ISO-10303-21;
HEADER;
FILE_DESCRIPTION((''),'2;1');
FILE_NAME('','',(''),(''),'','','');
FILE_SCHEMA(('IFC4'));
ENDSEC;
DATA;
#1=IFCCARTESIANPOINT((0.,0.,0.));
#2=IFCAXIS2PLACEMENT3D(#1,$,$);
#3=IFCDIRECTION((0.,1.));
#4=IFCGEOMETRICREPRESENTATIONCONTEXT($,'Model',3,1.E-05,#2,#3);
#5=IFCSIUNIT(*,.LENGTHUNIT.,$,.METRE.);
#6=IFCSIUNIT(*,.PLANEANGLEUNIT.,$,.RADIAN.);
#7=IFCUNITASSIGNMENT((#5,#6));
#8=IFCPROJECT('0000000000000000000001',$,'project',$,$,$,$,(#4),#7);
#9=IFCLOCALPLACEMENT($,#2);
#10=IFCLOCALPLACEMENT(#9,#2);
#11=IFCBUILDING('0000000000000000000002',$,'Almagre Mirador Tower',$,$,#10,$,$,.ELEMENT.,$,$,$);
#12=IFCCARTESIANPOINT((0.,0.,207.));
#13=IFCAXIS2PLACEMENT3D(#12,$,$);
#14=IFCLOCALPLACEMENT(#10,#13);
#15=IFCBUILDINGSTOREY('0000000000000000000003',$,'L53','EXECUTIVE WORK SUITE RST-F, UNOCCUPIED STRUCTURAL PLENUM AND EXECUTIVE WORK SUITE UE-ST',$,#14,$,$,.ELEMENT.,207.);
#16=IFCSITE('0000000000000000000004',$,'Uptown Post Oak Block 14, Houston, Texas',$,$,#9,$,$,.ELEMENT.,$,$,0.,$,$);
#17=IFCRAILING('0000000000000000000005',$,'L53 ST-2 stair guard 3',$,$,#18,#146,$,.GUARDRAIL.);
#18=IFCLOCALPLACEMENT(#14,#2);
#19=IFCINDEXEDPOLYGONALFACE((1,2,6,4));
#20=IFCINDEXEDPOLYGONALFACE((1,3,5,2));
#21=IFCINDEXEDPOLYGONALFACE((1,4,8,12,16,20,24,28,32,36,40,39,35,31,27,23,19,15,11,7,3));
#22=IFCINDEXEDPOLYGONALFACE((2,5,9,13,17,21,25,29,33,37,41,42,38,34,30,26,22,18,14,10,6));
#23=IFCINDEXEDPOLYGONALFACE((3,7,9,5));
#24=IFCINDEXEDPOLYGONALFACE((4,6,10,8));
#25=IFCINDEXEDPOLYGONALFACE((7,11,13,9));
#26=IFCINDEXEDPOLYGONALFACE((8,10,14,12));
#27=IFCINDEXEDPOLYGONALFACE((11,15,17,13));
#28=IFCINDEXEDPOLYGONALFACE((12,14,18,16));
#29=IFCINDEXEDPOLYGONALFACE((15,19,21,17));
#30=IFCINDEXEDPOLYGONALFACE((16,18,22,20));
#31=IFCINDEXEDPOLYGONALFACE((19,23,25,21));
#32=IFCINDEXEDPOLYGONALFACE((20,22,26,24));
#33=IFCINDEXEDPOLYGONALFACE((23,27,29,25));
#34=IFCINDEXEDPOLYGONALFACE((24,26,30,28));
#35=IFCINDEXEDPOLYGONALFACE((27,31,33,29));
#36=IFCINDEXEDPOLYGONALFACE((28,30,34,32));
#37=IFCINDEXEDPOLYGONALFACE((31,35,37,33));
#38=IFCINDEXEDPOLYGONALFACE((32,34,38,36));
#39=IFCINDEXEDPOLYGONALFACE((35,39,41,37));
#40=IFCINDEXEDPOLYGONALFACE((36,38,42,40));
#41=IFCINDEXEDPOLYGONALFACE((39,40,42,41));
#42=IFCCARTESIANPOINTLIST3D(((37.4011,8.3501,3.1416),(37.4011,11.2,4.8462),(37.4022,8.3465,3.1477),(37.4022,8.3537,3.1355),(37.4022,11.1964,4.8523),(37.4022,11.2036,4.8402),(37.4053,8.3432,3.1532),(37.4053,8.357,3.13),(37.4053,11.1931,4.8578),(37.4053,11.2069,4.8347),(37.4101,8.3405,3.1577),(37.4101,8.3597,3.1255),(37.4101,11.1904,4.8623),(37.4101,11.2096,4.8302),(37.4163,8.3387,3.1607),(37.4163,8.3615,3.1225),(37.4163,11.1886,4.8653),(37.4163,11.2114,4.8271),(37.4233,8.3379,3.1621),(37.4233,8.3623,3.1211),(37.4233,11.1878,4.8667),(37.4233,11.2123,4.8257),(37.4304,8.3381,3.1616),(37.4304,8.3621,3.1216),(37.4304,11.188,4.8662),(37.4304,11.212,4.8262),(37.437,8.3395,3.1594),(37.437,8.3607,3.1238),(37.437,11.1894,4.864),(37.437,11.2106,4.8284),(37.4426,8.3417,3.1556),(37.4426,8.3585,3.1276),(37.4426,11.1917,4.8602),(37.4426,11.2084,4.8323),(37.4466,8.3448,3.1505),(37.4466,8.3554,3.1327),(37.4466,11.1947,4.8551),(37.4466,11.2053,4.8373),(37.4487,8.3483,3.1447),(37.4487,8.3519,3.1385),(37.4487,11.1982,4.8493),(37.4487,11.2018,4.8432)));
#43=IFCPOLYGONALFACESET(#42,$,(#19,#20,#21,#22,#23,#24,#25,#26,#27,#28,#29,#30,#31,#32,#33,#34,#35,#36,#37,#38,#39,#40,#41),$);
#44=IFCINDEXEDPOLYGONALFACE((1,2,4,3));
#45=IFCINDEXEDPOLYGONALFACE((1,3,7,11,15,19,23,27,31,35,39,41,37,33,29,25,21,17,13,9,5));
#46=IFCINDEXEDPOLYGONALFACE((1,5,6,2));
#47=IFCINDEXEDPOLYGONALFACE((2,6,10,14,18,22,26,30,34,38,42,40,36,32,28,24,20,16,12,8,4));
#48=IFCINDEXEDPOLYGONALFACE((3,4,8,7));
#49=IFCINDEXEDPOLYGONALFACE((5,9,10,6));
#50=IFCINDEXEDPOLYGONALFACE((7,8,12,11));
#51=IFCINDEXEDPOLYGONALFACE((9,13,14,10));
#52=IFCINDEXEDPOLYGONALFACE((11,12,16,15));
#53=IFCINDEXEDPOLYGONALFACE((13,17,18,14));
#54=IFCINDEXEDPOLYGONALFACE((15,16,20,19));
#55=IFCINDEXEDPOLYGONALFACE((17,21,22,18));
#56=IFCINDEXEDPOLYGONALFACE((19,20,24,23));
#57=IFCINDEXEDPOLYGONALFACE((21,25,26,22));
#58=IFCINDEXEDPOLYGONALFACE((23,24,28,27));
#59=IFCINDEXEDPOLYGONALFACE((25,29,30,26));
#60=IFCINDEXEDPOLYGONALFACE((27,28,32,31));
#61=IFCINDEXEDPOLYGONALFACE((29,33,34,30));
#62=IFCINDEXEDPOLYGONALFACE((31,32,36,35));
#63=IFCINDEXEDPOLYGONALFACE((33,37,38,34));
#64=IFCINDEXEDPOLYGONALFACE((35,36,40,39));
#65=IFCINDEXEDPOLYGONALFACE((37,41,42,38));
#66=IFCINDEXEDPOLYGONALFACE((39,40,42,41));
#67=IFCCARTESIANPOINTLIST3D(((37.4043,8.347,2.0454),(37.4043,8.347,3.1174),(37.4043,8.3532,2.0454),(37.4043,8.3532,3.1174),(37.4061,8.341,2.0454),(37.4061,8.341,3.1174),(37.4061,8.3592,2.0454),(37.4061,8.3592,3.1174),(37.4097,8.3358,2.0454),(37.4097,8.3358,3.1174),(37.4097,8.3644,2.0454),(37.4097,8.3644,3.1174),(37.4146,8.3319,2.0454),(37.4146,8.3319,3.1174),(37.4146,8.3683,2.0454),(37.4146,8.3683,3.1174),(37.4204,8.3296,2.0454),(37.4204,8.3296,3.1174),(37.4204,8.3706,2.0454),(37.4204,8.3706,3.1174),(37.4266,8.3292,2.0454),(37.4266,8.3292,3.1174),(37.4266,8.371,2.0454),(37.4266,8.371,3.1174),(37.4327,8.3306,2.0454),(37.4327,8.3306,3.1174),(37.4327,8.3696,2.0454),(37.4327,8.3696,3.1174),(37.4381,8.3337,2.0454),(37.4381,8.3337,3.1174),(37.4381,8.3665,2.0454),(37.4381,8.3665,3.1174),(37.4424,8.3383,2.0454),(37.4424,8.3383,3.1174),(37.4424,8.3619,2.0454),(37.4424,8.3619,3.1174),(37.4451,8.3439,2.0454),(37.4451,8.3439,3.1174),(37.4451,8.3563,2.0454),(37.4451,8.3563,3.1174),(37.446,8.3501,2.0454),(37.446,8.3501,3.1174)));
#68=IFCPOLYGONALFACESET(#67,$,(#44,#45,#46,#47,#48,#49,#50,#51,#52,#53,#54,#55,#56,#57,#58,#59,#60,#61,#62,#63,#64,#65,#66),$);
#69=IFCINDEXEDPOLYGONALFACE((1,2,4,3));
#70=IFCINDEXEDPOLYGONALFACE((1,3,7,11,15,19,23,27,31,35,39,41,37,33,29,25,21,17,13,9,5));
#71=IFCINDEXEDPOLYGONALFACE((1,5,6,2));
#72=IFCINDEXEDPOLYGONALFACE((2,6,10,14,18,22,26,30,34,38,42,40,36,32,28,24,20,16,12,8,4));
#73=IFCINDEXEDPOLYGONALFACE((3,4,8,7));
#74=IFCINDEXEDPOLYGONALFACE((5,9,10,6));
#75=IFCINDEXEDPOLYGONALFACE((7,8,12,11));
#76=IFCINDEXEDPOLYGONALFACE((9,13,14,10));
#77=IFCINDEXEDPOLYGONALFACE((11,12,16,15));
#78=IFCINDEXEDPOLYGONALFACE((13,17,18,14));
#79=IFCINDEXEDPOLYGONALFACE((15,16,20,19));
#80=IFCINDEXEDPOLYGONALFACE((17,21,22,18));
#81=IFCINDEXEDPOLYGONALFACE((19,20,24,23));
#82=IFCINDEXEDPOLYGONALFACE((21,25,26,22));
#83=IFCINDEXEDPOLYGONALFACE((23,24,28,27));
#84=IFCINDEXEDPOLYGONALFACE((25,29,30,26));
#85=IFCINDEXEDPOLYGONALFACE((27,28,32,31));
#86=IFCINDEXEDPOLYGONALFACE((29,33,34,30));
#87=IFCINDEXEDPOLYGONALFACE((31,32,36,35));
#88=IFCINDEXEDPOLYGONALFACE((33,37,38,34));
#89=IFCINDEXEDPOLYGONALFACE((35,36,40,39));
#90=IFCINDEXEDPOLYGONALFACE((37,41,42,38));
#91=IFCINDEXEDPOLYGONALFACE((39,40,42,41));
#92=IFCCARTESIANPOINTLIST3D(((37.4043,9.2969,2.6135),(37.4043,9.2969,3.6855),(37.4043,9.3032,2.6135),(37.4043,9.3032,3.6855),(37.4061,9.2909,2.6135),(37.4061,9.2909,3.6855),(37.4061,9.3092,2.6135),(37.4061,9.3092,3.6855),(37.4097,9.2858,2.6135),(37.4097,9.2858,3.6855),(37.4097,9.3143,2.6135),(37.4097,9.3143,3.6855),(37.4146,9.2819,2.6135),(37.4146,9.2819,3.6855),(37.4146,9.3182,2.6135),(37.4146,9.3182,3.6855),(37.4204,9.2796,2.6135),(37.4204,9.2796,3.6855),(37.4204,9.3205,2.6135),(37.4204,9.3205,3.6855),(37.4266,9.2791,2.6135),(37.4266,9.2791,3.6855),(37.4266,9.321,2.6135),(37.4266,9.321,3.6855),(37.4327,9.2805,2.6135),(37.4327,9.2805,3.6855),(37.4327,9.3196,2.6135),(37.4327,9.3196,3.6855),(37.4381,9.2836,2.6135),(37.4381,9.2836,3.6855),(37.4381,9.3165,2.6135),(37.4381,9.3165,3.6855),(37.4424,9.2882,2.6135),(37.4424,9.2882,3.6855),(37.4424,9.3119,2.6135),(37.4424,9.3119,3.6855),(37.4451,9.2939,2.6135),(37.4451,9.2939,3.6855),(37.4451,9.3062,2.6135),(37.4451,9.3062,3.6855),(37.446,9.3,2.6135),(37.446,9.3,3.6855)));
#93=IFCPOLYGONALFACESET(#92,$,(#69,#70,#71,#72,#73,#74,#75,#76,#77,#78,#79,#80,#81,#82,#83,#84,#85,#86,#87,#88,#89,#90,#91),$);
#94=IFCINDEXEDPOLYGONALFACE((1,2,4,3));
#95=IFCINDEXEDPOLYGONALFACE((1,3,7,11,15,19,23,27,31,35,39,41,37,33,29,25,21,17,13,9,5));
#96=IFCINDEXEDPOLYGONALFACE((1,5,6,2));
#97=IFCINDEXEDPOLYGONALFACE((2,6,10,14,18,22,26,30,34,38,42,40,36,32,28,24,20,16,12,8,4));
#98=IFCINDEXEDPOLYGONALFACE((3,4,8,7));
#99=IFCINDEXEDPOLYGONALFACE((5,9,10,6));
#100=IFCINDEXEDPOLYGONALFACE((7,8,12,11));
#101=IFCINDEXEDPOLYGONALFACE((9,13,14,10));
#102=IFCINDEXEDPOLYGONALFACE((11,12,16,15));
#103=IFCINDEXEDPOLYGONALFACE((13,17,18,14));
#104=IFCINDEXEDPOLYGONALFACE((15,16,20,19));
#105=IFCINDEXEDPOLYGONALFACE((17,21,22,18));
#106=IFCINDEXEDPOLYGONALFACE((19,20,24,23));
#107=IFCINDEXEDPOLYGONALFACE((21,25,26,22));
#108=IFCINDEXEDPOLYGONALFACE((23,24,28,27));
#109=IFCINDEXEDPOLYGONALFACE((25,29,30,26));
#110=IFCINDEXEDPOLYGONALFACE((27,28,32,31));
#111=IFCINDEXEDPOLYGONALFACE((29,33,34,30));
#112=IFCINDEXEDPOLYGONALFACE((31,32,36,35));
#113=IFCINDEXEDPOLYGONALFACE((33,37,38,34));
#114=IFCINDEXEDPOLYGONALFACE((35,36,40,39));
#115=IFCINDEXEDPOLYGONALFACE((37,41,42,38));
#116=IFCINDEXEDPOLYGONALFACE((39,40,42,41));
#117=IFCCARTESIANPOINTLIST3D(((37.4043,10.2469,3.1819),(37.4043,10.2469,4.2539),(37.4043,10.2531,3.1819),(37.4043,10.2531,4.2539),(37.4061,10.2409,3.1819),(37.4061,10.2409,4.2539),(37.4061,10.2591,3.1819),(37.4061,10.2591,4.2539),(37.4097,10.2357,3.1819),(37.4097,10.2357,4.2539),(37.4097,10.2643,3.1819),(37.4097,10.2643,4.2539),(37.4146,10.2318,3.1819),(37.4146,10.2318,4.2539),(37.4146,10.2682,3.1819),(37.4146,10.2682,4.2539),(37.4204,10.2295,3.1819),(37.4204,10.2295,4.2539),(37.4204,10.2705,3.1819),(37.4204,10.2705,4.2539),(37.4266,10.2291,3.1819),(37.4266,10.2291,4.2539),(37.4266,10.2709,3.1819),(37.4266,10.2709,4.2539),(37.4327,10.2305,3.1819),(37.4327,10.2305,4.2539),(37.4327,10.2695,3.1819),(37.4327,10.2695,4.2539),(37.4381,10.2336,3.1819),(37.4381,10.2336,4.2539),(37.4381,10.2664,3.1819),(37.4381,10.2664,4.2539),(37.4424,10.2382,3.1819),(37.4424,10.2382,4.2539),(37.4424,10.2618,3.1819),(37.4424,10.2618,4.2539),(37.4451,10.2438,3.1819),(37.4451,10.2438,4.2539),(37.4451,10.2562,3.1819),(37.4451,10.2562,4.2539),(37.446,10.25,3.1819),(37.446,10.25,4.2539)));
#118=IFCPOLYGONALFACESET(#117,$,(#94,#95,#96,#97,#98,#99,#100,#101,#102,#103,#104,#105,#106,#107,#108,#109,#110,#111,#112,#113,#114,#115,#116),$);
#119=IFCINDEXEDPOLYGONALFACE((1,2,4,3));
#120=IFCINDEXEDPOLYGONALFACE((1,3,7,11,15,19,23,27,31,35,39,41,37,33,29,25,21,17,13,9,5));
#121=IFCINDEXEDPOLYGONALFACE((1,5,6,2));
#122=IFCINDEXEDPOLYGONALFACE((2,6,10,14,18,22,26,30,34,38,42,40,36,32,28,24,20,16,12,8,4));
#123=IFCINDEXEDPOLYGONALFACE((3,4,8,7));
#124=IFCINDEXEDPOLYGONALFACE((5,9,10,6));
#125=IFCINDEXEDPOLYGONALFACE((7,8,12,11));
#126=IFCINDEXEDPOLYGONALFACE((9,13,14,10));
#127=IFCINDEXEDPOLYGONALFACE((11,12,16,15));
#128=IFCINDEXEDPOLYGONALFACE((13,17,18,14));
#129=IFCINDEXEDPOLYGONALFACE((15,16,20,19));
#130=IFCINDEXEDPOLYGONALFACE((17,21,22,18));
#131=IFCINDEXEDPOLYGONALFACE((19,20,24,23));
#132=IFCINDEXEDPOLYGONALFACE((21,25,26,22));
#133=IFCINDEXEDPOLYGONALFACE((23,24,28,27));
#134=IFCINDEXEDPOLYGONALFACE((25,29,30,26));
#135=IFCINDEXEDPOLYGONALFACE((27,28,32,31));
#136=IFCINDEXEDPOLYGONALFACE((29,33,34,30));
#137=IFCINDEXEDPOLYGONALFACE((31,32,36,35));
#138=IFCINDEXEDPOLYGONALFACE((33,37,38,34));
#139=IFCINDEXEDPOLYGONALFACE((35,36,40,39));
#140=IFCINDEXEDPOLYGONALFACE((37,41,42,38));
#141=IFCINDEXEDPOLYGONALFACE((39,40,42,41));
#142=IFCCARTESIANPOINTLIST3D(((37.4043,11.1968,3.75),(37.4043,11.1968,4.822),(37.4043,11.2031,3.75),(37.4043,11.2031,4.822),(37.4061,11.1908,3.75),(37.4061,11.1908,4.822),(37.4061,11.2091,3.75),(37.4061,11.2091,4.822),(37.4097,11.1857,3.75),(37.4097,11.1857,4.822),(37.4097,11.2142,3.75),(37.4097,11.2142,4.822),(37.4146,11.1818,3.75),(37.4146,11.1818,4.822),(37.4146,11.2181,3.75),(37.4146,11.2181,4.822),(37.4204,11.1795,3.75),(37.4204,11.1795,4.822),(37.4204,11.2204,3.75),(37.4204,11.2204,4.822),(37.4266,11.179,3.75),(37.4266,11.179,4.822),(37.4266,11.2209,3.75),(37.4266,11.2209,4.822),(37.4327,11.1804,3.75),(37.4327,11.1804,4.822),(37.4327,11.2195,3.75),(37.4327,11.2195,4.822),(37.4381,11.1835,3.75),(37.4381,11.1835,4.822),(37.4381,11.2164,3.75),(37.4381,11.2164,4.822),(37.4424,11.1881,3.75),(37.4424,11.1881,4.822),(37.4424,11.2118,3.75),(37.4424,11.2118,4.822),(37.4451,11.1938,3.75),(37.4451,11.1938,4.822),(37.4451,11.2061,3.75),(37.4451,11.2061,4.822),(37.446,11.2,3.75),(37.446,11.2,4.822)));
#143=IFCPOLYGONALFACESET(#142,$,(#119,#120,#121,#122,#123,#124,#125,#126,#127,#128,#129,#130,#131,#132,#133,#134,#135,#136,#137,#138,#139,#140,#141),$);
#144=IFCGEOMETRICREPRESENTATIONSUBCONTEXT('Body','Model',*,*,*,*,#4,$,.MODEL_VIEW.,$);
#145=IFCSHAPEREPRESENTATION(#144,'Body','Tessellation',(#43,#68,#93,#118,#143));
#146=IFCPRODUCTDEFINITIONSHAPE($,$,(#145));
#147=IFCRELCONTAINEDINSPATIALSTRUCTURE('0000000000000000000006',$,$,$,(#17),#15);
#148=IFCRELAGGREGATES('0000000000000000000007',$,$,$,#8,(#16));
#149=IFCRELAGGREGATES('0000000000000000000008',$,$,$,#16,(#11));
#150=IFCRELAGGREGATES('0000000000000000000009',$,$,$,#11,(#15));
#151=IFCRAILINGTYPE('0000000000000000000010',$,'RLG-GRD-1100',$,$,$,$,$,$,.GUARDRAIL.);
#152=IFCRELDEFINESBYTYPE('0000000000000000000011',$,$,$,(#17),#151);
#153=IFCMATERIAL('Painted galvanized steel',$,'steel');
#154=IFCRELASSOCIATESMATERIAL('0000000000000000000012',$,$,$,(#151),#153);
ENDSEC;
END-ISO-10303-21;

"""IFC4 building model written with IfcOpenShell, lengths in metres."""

from ifc_helpers import new_model, si_unit, direction, frame, origin, origin_2d, place, context, subcontext, project, spatial, circle, extrude, material, type_object, element, save


model = new_model("IFC4")

# Units and contexts
model_context = context("Model", 3, precision=1e-05, world=origin(), true_north=direction((0.0, 1.0)))
body_context = subcontext(model_context, "Body", "Model", "MODEL_VIEW")
ifc_project = project(units=[si_unit("LENGTHUNIT", "METRE"), si_unit("PLANEANGLEUNIT", "RADIAN")], contexts=[model_context])

# Site, building, storey
site_placement = place(None, origin())
site = spatial("IfcSite", under=ifc_project, at=site_placement, Name="Uptown Post Oak Block 14, Houston, Texas", CompositionType="ELEMENT", RefElevation=0.0)
building_placement = place(site_placement, origin())
building = spatial("IfcBuilding", under=site, at=building_placement, Name="Almagre Mirador Tower", CompositionType="ELEMENT")
storey_placement = place(building_placement, frame((0.0, 0.0, 207.0)))
storey = spatial("IfcBuildingStorey", under=building, at=storey_placement, Name="L53", Description="EXECUTIVE WORK SUITE RST-F, UNOCCUPIED STRUCTURAL PLENUM AND EXECUTIVE WORK SUITE UE-ST", CompositionType="ELEMENT", Elevation=207.0)

# Railing
ifc_material_1 = material(Name="Painted galvanized steel", Category="steel")
railing_type_1 = type_object("IfcRailingType", Name="RLG-GRD-1100", PredefinedType="GUARDRAIL", material=ifc_material_1)
railing_1_placement = place(storey_placement, frame((37.425, 8.3501, 2.0454)))
element("IfcRailing", 1, at=railing_1_placement, inside=storey, type_object=railing_type_1, Name="L53 ST-2 stair guard 3", PredefinedType="GUARDRAIL", context=body_context, shape_type="SweptSolid", body=[
    extrude(circle(Radius=0.0239, at=origin_2d()), frame((0.0, 0.0, 1.0962), z_axis=(0.0, 0.858199, 0.513317), x_axis=(-1.0, 0.0, 0.0)), (0.0, 0.0, 1.0), 3.3208),
    extrude(circle(Radius=0.021, at=origin_2d()), origin(), (0.0, 0.0, 1.0), 1.072),
    extrude(circle(Radius=0.021, at=origin_2d()), frame((0.0, 0.95, 0.5681)), (0.0, 0.0, 1.0), 1.072),
    extrude(circle(Radius=0.021, at=origin_2d()), frame((0.0, 1.8999, 1.1365)), (0.0, 0.0, 1.0), 1.072),
    extrude(circle(Radius=0.021, at=origin_2d()), frame((0.0, 2.8499, 1.7046)), (0.0, 0.0, 1.0), 1.072),
])

save(model, "model.ifc")
